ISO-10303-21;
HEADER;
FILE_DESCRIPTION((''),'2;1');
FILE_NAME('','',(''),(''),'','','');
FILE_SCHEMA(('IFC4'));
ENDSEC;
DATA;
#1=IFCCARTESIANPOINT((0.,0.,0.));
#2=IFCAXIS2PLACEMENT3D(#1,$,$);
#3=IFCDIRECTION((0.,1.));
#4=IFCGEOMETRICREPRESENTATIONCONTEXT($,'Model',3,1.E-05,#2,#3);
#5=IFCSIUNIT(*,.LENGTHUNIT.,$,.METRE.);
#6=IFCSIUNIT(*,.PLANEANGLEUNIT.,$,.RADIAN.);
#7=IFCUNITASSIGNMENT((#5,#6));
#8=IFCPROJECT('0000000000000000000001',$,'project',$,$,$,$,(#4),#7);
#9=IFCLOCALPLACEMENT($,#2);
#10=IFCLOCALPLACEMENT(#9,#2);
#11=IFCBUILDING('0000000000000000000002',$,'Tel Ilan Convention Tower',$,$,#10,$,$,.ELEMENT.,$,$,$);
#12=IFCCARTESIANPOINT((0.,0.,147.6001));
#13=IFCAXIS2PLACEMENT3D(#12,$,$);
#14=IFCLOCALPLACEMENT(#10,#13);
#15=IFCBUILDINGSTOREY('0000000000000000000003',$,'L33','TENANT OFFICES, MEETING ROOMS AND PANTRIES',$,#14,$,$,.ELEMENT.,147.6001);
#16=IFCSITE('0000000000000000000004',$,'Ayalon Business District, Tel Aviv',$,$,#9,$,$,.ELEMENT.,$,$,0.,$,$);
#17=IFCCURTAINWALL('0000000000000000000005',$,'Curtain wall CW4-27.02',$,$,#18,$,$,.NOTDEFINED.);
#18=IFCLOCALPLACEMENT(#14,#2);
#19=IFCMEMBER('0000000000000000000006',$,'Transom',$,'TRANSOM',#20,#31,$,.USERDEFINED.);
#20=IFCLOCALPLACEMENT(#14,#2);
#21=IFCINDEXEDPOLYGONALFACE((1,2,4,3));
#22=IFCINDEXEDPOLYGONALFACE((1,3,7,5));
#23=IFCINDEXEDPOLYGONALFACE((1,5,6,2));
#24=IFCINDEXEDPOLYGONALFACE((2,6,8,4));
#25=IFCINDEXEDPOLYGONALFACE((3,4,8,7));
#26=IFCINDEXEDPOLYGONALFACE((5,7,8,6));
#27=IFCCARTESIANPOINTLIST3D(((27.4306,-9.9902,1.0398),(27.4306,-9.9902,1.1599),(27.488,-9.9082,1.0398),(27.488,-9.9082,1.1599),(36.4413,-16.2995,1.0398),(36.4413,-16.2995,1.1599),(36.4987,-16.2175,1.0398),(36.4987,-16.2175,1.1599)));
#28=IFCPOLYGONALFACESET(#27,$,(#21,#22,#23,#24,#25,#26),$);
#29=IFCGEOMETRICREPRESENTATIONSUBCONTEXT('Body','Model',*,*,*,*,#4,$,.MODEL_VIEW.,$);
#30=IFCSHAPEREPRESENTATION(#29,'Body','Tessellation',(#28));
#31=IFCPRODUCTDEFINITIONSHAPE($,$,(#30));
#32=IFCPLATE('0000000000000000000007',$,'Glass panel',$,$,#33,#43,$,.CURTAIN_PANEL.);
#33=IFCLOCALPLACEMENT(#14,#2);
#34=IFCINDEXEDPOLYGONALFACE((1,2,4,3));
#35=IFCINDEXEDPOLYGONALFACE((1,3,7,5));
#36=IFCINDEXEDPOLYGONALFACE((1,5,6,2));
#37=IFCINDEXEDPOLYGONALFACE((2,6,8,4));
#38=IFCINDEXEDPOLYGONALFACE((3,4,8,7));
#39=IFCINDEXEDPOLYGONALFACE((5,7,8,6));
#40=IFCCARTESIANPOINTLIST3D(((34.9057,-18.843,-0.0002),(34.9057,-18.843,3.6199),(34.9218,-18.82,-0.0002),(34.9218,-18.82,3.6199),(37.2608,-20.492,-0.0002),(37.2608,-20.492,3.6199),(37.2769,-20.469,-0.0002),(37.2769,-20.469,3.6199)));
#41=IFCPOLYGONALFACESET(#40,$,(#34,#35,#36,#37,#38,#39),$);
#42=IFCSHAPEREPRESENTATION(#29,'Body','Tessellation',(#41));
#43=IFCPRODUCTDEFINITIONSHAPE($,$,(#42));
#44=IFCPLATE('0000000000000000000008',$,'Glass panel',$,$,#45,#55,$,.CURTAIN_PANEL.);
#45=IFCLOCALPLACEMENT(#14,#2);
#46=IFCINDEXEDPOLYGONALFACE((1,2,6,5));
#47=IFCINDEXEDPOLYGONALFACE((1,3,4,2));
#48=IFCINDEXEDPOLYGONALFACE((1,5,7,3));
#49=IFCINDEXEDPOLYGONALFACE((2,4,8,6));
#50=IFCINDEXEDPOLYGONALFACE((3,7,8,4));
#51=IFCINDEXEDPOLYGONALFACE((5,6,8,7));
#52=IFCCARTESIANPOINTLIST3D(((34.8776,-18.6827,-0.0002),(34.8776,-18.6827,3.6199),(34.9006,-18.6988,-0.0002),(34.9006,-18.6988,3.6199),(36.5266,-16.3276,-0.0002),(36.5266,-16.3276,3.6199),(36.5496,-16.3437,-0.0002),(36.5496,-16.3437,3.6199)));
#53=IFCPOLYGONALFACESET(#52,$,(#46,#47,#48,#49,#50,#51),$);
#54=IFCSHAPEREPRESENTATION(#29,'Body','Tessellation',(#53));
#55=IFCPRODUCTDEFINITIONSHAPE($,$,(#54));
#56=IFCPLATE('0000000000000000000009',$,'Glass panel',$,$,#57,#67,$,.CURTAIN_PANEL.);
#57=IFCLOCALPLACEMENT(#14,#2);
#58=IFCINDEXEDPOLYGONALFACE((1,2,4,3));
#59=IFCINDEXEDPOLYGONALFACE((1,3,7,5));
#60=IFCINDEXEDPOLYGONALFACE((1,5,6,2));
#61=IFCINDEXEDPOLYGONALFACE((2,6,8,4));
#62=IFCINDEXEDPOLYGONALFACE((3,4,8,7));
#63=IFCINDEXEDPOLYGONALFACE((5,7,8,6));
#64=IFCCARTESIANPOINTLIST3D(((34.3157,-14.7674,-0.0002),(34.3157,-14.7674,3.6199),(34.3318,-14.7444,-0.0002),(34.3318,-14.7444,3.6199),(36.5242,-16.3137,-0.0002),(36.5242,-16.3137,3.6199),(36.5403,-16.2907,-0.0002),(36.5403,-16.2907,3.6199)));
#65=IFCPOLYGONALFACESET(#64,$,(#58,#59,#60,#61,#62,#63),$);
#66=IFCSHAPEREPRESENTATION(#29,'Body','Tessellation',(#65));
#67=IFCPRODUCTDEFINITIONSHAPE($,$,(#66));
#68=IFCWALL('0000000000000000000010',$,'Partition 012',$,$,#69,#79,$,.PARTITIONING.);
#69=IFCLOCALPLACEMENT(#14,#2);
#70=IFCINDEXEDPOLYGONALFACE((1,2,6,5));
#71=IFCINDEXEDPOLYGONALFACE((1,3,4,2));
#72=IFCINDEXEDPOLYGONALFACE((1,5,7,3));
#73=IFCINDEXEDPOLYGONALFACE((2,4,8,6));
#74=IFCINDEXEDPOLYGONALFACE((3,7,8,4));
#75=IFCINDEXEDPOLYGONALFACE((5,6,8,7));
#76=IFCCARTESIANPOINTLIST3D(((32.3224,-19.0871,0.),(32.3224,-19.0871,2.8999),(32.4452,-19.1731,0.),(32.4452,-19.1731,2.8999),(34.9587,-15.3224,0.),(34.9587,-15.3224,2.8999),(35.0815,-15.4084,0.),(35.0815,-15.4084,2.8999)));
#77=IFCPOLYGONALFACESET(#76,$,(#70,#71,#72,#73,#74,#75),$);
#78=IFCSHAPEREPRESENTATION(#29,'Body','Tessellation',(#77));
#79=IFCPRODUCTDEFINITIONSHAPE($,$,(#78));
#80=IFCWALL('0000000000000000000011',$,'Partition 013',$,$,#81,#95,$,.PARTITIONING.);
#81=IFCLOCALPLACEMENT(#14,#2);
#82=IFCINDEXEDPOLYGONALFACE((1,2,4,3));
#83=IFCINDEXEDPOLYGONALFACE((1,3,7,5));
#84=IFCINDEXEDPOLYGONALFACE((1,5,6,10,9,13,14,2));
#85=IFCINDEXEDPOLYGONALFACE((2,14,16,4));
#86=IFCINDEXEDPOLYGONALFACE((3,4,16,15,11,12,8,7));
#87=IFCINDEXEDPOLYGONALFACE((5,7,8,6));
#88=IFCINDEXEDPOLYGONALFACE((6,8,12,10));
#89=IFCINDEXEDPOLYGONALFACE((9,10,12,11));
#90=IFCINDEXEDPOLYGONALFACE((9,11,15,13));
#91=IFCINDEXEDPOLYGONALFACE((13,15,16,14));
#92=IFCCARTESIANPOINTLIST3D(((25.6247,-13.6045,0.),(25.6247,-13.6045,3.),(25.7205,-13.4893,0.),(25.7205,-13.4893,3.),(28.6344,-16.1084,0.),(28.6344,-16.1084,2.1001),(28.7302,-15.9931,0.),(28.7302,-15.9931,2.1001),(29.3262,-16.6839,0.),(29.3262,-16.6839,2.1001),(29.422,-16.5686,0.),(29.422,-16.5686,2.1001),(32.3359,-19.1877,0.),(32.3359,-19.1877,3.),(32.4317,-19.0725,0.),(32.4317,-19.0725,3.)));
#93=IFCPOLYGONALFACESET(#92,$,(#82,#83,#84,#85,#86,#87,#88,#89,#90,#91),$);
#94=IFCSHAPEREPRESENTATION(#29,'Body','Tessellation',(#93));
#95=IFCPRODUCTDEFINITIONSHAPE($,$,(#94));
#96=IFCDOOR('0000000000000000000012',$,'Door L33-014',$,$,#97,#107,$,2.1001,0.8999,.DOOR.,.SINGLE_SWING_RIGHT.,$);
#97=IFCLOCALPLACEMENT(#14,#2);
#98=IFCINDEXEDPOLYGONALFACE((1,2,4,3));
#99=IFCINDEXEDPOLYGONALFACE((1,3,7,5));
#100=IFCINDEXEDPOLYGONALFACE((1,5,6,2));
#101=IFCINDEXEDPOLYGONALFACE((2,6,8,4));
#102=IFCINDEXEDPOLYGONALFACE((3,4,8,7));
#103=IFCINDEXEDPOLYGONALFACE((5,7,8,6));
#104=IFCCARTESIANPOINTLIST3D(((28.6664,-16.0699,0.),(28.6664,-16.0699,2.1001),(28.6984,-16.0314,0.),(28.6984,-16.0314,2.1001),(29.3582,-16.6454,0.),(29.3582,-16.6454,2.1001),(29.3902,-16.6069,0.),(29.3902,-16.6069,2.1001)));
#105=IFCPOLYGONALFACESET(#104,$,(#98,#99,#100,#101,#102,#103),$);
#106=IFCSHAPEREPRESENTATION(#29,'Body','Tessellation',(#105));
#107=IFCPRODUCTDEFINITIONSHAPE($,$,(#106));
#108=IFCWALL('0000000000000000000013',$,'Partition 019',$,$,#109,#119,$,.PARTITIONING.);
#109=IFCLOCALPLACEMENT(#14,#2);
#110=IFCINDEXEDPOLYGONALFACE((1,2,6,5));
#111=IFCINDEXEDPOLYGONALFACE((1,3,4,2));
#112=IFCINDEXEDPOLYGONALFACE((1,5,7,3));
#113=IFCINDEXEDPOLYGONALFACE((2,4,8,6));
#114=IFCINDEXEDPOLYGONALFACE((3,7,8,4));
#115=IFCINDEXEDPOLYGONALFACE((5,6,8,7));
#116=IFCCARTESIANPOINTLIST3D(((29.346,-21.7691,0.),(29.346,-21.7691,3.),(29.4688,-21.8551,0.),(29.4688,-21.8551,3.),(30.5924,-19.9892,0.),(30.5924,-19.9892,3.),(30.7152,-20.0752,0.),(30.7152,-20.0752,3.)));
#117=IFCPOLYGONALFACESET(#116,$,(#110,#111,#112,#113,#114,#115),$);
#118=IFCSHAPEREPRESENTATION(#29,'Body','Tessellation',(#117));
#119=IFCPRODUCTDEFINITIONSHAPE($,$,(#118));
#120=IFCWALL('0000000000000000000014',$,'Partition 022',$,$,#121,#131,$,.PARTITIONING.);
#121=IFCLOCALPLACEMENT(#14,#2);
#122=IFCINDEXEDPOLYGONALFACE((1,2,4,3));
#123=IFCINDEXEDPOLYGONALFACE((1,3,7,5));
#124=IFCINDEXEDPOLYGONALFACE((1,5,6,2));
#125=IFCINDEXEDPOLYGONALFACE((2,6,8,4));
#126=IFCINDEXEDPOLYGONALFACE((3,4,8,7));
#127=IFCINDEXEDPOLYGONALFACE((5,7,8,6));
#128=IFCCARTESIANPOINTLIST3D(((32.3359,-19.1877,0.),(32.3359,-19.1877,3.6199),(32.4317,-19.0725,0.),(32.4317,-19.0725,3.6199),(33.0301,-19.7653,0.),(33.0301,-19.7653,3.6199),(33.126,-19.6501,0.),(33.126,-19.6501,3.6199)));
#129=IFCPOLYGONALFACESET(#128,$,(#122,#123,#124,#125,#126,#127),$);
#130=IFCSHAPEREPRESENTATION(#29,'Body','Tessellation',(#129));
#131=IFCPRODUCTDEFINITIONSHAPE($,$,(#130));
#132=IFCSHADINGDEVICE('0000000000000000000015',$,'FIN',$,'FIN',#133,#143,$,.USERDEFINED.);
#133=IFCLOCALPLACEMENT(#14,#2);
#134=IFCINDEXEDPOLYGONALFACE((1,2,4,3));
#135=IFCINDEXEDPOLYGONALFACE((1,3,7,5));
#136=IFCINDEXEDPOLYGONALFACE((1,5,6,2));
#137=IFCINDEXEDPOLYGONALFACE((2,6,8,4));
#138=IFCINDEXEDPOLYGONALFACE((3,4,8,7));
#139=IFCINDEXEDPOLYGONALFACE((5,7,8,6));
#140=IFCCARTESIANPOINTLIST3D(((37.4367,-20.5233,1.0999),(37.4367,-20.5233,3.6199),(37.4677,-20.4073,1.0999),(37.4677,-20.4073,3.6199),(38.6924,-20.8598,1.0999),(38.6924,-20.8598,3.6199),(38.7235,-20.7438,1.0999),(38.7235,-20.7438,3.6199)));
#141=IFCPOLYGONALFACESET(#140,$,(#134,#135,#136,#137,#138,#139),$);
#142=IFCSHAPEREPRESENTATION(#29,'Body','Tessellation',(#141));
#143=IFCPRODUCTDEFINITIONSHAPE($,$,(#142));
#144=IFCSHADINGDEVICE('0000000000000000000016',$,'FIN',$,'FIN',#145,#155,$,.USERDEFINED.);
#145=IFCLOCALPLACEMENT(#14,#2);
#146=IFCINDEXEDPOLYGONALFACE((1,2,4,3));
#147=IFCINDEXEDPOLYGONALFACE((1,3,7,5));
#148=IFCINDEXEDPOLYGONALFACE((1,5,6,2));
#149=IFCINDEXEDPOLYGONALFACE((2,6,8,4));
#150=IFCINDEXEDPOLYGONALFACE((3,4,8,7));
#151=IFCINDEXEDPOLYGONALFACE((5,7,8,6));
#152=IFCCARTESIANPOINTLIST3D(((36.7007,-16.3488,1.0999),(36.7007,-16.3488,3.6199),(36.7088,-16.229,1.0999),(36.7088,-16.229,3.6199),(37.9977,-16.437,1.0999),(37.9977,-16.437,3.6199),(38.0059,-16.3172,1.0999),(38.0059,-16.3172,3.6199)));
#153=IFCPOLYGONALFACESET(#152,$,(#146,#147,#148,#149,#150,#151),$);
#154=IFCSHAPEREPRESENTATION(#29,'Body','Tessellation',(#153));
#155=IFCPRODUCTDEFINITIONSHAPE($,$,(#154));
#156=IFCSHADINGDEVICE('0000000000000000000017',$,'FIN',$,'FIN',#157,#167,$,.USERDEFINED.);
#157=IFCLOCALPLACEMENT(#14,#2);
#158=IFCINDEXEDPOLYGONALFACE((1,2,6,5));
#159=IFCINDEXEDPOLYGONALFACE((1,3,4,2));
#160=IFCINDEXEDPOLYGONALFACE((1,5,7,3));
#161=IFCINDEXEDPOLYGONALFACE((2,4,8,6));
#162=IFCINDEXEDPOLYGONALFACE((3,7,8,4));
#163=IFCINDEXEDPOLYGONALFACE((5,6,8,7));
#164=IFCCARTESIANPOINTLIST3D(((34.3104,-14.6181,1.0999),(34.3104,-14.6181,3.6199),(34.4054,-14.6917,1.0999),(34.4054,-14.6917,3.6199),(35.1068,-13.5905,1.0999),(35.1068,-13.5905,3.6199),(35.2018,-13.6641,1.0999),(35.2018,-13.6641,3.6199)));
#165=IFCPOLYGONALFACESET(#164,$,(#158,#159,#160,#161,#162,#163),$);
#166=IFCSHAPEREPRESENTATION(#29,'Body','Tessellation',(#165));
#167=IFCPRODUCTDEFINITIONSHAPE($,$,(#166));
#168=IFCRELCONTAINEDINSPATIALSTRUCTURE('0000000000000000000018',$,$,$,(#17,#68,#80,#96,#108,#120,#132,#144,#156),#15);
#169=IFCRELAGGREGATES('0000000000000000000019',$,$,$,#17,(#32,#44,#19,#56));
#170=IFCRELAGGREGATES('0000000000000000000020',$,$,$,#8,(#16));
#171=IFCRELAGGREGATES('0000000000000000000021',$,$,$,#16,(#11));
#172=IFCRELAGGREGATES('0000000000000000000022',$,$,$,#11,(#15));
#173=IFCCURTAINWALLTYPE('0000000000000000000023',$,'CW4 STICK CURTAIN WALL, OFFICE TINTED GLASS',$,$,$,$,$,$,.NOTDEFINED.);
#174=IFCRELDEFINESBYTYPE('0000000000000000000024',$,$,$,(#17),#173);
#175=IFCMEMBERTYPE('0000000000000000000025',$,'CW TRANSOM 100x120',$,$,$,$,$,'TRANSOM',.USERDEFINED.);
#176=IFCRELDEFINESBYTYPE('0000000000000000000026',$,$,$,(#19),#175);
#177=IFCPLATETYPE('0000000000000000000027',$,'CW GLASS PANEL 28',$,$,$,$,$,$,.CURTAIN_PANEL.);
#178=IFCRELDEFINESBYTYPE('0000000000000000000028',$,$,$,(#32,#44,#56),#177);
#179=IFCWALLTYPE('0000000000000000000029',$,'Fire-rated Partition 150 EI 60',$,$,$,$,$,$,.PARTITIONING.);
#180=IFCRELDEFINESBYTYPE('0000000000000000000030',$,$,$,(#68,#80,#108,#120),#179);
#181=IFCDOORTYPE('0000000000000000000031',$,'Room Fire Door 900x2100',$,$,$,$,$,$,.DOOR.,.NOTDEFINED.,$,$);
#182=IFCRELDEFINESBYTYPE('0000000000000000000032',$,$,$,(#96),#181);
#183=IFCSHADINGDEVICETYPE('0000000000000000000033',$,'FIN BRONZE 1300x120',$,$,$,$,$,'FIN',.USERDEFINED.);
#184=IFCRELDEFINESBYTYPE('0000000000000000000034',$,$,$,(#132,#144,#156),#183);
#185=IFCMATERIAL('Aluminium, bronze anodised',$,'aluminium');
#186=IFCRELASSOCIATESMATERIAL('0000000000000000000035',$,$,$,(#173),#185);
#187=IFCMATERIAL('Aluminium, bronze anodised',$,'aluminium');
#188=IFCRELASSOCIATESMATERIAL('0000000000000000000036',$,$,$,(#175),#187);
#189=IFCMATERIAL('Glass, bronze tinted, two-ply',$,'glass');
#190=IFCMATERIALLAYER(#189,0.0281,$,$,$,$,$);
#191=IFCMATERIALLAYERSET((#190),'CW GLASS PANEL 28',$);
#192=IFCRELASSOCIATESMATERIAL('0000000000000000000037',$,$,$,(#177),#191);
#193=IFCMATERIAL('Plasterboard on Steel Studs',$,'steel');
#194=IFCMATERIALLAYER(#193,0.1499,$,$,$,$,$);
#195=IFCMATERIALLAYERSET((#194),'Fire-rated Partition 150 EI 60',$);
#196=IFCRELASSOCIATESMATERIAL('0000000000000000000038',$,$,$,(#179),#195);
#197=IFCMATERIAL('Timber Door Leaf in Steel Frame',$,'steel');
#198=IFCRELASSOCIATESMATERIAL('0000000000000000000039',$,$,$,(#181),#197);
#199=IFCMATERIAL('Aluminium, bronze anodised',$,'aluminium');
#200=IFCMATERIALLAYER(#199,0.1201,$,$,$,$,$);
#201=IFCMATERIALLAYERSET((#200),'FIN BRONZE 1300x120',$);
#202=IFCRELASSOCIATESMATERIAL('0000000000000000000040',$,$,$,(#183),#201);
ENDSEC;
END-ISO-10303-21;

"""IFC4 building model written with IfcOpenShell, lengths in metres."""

from ifc_helpers import new_model, si_unit, direction, frame, frame_2d, origin, origin_2d, place, context, subcontext, project, spatial, rectangle, extrude, material, layer, layer_set, material_profile, profile_set, type_object, element, fill, aggregate, save


model = new_model("IFC4")

# Units and contexts
model_context = context("Model", 3, precision=1e-05, world=origin(), true_north=direction((0.0, 1.0)))
body_context = subcontext(model_context, "Body", "Model", "MODEL_VIEW")
ifc_project = project(units=[si_unit("LENGTHUNIT", "METRE"), si_unit("PLANEANGLEUNIT", "RADIAN")], contexts=[model_context])

# Site, building, storey
site_placement = place(None, origin())
site = spatial("IfcSite", under=ifc_project, at=site_placement, Name="Ayalon Business District, Tel Aviv", CompositionType="ELEMENT", RefElevation=0.0)
building_placement = place(site_placement, origin())
building = spatial("IfcBuilding", under=site, at=building_placement, Name="Tel Ilan Convention Tower", CompositionType="ELEMENT")
storey_placement = place(building_placement, frame((0.0, 0.0, 147.6001)))
storey = spatial("IfcBuildingStorey", under=building, at=storey_placement, Name="L33", Description="TENANT OFFICES, MEETING ROOMS AND PANTRIES", CompositionType="ELEMENT", Elevation=147.6001)

# Curtain wall, member, plates
ifc_material_1 = material(Name="Aluminium, bronze anodised", Category="aluminium")
curtain_wall_type = type_object("IfcCurtainWallType", Name="CW4 STICK CURTAIN WALL, OFFICE TINTED GLASS", PredefinedType="NOTDEFINED", material=ifc_material_1)
curtain_wall_placement = place(storey_placement, origin())
curtain_wall = element("IfcCurtainWall", 1, at=curtain_wall_placement, inside=storey, type_object=curtain_wall_type, Name="Curtain wall CW4-27.02", PredefinedType="NOTDEFINED")
ifc_material_2 = material(Name="Aluminium, bronze anodised", Category="aluminium")
ifc_material_profile_1 = material_profile(ifc_material_2, rectangle(XDim=0.1001, YDim=0.1201, at=origin_2d()), Name="CW TRANSOM 100x120")
ifc_profile_set_1 = profile_set([ifc_material_profile_1], Name="Aluminium, bronze anodised")
member_type_1 = type_object("IfcMemberType", Name="CW TRANSOM 100x120", ElementType="TRANSOM", PredefinedType="USERDEFINED", material=ifc_profile_set_1)
member_1_placement = place(storey_placement, frame((36.47, -16.2585, 1.0999), z_axis=(-0.819155, 0.573573, 0.0), x_axis=(-0.573573, -0.819155, 0.0)))
member_1 = element("IfcMember", 2, at=member_1_placement, type_object=member_type_1, Name="Transom", ObjectType="TRANSOM", PredefinedType="USERDEFINED", context=body_context, shape_type="SweptSolid", body=[
    extrude(rectangle(XDim=0.1001, YDim=0.1201, at=origin_2d()), origin(), (0.0, 0.0, 1.0), 11.0),
])
ifc_material_3 = material(Name="Glass, bronze tinted, two-ply", Category="glass")
ifc_layer_1 = layer(ifc_material_3, 0.0281)
ifc_layer_set_1 = layer_set([ifc_layer_1], Name="CW GLASS PANEL 28")
plate_type = type_object("IfcPlateType", Name="CW GLASS PANEL 28", PredefinedType="CURTAIN_PANEL", material=ifc_layer_set_1)
plate_1_placement = place(storey_placement, frame((36.0913, -19.656, -0.0002), z_axis=(0.0, 0.0, 1.0), x_axis=(-0.819152, 0.573576, 0.0)))
plate_1 = element("IfcPlate", 3, at=plate_1_placement, type_object=plate_type, Name="Glass panel", PredefinedType="CURTAIN_PANEL", context=body_context, shape_type="SweptSolid", body=[
    extrude(rectangle(XDim=2.875, YDim=0.0281, at=origin_2d()), origin(), (0.0, 0.0, 1.0), 3.6201),
])
plate_2_placement = place(storey_placement, frame((35.7136, -17.5132, -0.0002), z_axis=(0.0, 0.0, 1.0), x_axis=(0.573576, 0.819152, 0.0)))
plate_2 = element("IfcPlate", 4, at=plate_2_placement, type_object=plate_type, Name="Glass panel", PredefinedType="CURTAIN_PANEL", context=body_context, shape_type="SweptSolid", body=[
    extrude(rectangle(XDim=2.875, YDim=0.0281, at=origin_2d()), origin(), (0.0, 0.0, 1.0), 3.6201),
])
plate_3_placement = place(storey_placement, frame((35.428, -15.5291, -0.0002), z_axis=(0.0, 0.0, 1.0), x_axis=(-0.819152, 0.573576, 0.0)))
plate_3 = element("IfcPlate", 5, at=plate_3_placement, type_object=plate_type, Name="Glass panel", PredefinedType="CURTAIN_PANEL", context=body_context, shape_type="SweptSolid", body=[
    extrude(rectangle(XDim=2.696, YDim=0.0281, at=origin_2d()), origin(), (0.0, 0.0, 1.0), 3.6201),
])
aggregate(curtain_wall, [plate_1, plate_2, member_1, plate_3])

# Wall
ifc_material_4 = material(Name="Plasterboard on Steel Studs", Category="steel")
ifc_layer_2 = layer(ifc_material_4, 0.1499)
ifc_layer_set_2 = layer_set([ifc_layer_2], Name="Fire-rated Partition 150 EI 60")
wall_type = type_object("IfcWallType", Name="Fire-rated Partition 150 EI 60", PredefinedType="PARTITIONING", material=ifc_layer_set_2)
wall_1_placement = place(storey_placement, frame((35.02, -15.3655, 0.0), z_axis=(0.0, 0.0, 1.0), x_axis=(-0.573605, -0.819132, 0.0)))
element("IfcWall", 6, at=wall_1_placement, inside=storey, type_object=wall_type, Name="Partition 012", PredefinedType="PARTITIONING", context=body_context, shape_type="SweptSolid", body=[
    extrude(rectangle(XDim=4.5959, YDim=0.1499, at=frame_2d((2.2979, 0.0))), origin(), (0.0, 0.0, 1.0), 2.8999),
])

# Wall, opening, door
wall_2_placement = place(storey_placement, frame((32.3838, -19.1301, 0.0), z_axis=(0.0, 0.0, 1.0), x_axis=(-0.768751, 0.639549, 0.0)))
wall_2 = element("IfcWall", 7, at=wall_2_placement, inside=storey, type_object=wall_type, Name="Partition 013", PredefinedType="PARTITIONING", context=body_context, shape_type="SweptSolid", body=[
    extrude(rectangle(XDim=8.73, YDim=0.1499, at=frame_2d((4.365, 0.0))), origin(), (0.0, 0.0, 1.0), 3.0),
])
opening_placement = place(wall_2_placement, frame((3.915, 0.0, 0.0)))
opening = element("IfcOpeningElement", 8, at=opening_placement, cuts=wall_2, PredefinedType="OPENING", context=body_context, shape_type="SweptSolid", body=[
    extrude(rectangle(XDim=0.8999, YDim=2.1001, at=frame_2d((0.45, 1.05))), frame((0.0, 0.085, 0.0), z_axis=(0.0, -1.0, 0.0), x_axis=(1.0, 0.0, 0.0)), (0.0, 0.0, 1.0), 0.1699),
])
ifc_material_5 = material(Name="Timber Door Leaf in Steel Frame", Category="steel")
door_type = type_object("IfcDoorType", Name="Room Fire Door 900x2100", OperationType="NOTDEFINED", PredefinedType="DOOR", material=ifc_material_5)
door_placement = place(opening_placement, origin())
door = element("IfcDoor", 9, at=door_placement, inside=storey, type_object=door_type, Name="Door L33-014", OperationType="SINGLE_SWING_RIGHT", OverallHeight=2.1001, OverallWidth=0.8999, PredefinedType="DOOR", context=body_context, shape_type="SweptSolid", body=[
    extrude(rectangle(XDim=0.8999, YDim=2.1001, at=frame_2d((0.45, 1.05))), frame((0.0, 0.0249, 0.0), z_axis=(0.0, -1.0, 0.0), x_axis=(1.0, 0.0, 0.0)), (0.0, 0.0, 1.0), 0.05),
])
fill(opening, door)

# Walls
wall_3_placement = place(storey_placement, frame((30.6538, -20.0322, 0.0), z_axis=(0.0, 0.0, 1.0), x_axis=(-0.573613, -0.819126, 0.0)))
element("IfcWall", 10, at=wall_3_placement, inside=storey, type_object=wall_type, Name="Partition 019", PredefinedType="PARTITIONING", context=body_context, shape_type="SweptSolid", body=[
    extrude(rectangle(XDim=2.1729, YDim=0.1499, at=frame_2d((1.0864, 0.0))), origin(), (0.0, 0.0, 1.0), 3.0),
])
wall_4_placement = place(storey_placement, frame((33.0781, -19.7078, 0.0), z_axis=(0.0, 0.0, 1.0), x_axis=(-0.768753, 0.639546, 0.0)))
element("IfcWall", 11, at=wall_4_placement, inside=storey, type_object=wall_type, Name="Partition 022", PredefinedType="PARTITIONING", context=body_context, shape_type="SweptSolid", body=[
    extrude(rectangle(XDim=0.9031, YDim=0.1499, at=frame_2d((0.4517, 0.0))), origin(), (0.0, 0.0, 1.0), 3.6199),
])

# Shading devices
ifc_material_6 = material(Name="Aluminium, bronze anodised", Category="aluminium")
ifc_layer_3 = layer(ifc_material_6, 0.1201)
ifc_layer_set_3 = layer_set([ifc_layer_3], Name="FIN BRONZE 1300x120")
shading_device_type = type_object("IfcShadingDeviceType", Name="FIN BRONZE 1300x120", ElementType="FIN", PredefinedType="USERDEFINED", material=ifc_layer_set_3)
for number, where, z_axis, x_axis, name in (
    (12, (38.0801, -20.6335, 1.0999), (0.0, 0.0, 1.0), (0.965926, -0.258819, 0.0), "FIN"),
    (13, (37.3533, -16.333, 1.0999), (0.0, 0.0, 1.0), (0.997697, -0.067822, 0.0), "FIN"),
    (14, (34.7561, -14.1411, 1.0999), (0.0, 0.0, 1.0), (0.612601, 0.790393, 0.0), "FIN"),
):
    element("IfcShadingDevice", number, at=place(storey_placement, frame(where, z_axis=z_axis, x_axis=x_axis)), inside=storey, type_object=shading_device_type, Name=name, ObjectType="FIN", PredefinedType="USERDEFINED", context=body_context, shape_type="SweptSolid", body=[
        extrude(rectangle(XDim=1.3, YDim=0.1201, at=origin_2d()), origin(), (0.0, 0.0, 1.0), 2.52),
    ])

save(model, "model.ifc")
